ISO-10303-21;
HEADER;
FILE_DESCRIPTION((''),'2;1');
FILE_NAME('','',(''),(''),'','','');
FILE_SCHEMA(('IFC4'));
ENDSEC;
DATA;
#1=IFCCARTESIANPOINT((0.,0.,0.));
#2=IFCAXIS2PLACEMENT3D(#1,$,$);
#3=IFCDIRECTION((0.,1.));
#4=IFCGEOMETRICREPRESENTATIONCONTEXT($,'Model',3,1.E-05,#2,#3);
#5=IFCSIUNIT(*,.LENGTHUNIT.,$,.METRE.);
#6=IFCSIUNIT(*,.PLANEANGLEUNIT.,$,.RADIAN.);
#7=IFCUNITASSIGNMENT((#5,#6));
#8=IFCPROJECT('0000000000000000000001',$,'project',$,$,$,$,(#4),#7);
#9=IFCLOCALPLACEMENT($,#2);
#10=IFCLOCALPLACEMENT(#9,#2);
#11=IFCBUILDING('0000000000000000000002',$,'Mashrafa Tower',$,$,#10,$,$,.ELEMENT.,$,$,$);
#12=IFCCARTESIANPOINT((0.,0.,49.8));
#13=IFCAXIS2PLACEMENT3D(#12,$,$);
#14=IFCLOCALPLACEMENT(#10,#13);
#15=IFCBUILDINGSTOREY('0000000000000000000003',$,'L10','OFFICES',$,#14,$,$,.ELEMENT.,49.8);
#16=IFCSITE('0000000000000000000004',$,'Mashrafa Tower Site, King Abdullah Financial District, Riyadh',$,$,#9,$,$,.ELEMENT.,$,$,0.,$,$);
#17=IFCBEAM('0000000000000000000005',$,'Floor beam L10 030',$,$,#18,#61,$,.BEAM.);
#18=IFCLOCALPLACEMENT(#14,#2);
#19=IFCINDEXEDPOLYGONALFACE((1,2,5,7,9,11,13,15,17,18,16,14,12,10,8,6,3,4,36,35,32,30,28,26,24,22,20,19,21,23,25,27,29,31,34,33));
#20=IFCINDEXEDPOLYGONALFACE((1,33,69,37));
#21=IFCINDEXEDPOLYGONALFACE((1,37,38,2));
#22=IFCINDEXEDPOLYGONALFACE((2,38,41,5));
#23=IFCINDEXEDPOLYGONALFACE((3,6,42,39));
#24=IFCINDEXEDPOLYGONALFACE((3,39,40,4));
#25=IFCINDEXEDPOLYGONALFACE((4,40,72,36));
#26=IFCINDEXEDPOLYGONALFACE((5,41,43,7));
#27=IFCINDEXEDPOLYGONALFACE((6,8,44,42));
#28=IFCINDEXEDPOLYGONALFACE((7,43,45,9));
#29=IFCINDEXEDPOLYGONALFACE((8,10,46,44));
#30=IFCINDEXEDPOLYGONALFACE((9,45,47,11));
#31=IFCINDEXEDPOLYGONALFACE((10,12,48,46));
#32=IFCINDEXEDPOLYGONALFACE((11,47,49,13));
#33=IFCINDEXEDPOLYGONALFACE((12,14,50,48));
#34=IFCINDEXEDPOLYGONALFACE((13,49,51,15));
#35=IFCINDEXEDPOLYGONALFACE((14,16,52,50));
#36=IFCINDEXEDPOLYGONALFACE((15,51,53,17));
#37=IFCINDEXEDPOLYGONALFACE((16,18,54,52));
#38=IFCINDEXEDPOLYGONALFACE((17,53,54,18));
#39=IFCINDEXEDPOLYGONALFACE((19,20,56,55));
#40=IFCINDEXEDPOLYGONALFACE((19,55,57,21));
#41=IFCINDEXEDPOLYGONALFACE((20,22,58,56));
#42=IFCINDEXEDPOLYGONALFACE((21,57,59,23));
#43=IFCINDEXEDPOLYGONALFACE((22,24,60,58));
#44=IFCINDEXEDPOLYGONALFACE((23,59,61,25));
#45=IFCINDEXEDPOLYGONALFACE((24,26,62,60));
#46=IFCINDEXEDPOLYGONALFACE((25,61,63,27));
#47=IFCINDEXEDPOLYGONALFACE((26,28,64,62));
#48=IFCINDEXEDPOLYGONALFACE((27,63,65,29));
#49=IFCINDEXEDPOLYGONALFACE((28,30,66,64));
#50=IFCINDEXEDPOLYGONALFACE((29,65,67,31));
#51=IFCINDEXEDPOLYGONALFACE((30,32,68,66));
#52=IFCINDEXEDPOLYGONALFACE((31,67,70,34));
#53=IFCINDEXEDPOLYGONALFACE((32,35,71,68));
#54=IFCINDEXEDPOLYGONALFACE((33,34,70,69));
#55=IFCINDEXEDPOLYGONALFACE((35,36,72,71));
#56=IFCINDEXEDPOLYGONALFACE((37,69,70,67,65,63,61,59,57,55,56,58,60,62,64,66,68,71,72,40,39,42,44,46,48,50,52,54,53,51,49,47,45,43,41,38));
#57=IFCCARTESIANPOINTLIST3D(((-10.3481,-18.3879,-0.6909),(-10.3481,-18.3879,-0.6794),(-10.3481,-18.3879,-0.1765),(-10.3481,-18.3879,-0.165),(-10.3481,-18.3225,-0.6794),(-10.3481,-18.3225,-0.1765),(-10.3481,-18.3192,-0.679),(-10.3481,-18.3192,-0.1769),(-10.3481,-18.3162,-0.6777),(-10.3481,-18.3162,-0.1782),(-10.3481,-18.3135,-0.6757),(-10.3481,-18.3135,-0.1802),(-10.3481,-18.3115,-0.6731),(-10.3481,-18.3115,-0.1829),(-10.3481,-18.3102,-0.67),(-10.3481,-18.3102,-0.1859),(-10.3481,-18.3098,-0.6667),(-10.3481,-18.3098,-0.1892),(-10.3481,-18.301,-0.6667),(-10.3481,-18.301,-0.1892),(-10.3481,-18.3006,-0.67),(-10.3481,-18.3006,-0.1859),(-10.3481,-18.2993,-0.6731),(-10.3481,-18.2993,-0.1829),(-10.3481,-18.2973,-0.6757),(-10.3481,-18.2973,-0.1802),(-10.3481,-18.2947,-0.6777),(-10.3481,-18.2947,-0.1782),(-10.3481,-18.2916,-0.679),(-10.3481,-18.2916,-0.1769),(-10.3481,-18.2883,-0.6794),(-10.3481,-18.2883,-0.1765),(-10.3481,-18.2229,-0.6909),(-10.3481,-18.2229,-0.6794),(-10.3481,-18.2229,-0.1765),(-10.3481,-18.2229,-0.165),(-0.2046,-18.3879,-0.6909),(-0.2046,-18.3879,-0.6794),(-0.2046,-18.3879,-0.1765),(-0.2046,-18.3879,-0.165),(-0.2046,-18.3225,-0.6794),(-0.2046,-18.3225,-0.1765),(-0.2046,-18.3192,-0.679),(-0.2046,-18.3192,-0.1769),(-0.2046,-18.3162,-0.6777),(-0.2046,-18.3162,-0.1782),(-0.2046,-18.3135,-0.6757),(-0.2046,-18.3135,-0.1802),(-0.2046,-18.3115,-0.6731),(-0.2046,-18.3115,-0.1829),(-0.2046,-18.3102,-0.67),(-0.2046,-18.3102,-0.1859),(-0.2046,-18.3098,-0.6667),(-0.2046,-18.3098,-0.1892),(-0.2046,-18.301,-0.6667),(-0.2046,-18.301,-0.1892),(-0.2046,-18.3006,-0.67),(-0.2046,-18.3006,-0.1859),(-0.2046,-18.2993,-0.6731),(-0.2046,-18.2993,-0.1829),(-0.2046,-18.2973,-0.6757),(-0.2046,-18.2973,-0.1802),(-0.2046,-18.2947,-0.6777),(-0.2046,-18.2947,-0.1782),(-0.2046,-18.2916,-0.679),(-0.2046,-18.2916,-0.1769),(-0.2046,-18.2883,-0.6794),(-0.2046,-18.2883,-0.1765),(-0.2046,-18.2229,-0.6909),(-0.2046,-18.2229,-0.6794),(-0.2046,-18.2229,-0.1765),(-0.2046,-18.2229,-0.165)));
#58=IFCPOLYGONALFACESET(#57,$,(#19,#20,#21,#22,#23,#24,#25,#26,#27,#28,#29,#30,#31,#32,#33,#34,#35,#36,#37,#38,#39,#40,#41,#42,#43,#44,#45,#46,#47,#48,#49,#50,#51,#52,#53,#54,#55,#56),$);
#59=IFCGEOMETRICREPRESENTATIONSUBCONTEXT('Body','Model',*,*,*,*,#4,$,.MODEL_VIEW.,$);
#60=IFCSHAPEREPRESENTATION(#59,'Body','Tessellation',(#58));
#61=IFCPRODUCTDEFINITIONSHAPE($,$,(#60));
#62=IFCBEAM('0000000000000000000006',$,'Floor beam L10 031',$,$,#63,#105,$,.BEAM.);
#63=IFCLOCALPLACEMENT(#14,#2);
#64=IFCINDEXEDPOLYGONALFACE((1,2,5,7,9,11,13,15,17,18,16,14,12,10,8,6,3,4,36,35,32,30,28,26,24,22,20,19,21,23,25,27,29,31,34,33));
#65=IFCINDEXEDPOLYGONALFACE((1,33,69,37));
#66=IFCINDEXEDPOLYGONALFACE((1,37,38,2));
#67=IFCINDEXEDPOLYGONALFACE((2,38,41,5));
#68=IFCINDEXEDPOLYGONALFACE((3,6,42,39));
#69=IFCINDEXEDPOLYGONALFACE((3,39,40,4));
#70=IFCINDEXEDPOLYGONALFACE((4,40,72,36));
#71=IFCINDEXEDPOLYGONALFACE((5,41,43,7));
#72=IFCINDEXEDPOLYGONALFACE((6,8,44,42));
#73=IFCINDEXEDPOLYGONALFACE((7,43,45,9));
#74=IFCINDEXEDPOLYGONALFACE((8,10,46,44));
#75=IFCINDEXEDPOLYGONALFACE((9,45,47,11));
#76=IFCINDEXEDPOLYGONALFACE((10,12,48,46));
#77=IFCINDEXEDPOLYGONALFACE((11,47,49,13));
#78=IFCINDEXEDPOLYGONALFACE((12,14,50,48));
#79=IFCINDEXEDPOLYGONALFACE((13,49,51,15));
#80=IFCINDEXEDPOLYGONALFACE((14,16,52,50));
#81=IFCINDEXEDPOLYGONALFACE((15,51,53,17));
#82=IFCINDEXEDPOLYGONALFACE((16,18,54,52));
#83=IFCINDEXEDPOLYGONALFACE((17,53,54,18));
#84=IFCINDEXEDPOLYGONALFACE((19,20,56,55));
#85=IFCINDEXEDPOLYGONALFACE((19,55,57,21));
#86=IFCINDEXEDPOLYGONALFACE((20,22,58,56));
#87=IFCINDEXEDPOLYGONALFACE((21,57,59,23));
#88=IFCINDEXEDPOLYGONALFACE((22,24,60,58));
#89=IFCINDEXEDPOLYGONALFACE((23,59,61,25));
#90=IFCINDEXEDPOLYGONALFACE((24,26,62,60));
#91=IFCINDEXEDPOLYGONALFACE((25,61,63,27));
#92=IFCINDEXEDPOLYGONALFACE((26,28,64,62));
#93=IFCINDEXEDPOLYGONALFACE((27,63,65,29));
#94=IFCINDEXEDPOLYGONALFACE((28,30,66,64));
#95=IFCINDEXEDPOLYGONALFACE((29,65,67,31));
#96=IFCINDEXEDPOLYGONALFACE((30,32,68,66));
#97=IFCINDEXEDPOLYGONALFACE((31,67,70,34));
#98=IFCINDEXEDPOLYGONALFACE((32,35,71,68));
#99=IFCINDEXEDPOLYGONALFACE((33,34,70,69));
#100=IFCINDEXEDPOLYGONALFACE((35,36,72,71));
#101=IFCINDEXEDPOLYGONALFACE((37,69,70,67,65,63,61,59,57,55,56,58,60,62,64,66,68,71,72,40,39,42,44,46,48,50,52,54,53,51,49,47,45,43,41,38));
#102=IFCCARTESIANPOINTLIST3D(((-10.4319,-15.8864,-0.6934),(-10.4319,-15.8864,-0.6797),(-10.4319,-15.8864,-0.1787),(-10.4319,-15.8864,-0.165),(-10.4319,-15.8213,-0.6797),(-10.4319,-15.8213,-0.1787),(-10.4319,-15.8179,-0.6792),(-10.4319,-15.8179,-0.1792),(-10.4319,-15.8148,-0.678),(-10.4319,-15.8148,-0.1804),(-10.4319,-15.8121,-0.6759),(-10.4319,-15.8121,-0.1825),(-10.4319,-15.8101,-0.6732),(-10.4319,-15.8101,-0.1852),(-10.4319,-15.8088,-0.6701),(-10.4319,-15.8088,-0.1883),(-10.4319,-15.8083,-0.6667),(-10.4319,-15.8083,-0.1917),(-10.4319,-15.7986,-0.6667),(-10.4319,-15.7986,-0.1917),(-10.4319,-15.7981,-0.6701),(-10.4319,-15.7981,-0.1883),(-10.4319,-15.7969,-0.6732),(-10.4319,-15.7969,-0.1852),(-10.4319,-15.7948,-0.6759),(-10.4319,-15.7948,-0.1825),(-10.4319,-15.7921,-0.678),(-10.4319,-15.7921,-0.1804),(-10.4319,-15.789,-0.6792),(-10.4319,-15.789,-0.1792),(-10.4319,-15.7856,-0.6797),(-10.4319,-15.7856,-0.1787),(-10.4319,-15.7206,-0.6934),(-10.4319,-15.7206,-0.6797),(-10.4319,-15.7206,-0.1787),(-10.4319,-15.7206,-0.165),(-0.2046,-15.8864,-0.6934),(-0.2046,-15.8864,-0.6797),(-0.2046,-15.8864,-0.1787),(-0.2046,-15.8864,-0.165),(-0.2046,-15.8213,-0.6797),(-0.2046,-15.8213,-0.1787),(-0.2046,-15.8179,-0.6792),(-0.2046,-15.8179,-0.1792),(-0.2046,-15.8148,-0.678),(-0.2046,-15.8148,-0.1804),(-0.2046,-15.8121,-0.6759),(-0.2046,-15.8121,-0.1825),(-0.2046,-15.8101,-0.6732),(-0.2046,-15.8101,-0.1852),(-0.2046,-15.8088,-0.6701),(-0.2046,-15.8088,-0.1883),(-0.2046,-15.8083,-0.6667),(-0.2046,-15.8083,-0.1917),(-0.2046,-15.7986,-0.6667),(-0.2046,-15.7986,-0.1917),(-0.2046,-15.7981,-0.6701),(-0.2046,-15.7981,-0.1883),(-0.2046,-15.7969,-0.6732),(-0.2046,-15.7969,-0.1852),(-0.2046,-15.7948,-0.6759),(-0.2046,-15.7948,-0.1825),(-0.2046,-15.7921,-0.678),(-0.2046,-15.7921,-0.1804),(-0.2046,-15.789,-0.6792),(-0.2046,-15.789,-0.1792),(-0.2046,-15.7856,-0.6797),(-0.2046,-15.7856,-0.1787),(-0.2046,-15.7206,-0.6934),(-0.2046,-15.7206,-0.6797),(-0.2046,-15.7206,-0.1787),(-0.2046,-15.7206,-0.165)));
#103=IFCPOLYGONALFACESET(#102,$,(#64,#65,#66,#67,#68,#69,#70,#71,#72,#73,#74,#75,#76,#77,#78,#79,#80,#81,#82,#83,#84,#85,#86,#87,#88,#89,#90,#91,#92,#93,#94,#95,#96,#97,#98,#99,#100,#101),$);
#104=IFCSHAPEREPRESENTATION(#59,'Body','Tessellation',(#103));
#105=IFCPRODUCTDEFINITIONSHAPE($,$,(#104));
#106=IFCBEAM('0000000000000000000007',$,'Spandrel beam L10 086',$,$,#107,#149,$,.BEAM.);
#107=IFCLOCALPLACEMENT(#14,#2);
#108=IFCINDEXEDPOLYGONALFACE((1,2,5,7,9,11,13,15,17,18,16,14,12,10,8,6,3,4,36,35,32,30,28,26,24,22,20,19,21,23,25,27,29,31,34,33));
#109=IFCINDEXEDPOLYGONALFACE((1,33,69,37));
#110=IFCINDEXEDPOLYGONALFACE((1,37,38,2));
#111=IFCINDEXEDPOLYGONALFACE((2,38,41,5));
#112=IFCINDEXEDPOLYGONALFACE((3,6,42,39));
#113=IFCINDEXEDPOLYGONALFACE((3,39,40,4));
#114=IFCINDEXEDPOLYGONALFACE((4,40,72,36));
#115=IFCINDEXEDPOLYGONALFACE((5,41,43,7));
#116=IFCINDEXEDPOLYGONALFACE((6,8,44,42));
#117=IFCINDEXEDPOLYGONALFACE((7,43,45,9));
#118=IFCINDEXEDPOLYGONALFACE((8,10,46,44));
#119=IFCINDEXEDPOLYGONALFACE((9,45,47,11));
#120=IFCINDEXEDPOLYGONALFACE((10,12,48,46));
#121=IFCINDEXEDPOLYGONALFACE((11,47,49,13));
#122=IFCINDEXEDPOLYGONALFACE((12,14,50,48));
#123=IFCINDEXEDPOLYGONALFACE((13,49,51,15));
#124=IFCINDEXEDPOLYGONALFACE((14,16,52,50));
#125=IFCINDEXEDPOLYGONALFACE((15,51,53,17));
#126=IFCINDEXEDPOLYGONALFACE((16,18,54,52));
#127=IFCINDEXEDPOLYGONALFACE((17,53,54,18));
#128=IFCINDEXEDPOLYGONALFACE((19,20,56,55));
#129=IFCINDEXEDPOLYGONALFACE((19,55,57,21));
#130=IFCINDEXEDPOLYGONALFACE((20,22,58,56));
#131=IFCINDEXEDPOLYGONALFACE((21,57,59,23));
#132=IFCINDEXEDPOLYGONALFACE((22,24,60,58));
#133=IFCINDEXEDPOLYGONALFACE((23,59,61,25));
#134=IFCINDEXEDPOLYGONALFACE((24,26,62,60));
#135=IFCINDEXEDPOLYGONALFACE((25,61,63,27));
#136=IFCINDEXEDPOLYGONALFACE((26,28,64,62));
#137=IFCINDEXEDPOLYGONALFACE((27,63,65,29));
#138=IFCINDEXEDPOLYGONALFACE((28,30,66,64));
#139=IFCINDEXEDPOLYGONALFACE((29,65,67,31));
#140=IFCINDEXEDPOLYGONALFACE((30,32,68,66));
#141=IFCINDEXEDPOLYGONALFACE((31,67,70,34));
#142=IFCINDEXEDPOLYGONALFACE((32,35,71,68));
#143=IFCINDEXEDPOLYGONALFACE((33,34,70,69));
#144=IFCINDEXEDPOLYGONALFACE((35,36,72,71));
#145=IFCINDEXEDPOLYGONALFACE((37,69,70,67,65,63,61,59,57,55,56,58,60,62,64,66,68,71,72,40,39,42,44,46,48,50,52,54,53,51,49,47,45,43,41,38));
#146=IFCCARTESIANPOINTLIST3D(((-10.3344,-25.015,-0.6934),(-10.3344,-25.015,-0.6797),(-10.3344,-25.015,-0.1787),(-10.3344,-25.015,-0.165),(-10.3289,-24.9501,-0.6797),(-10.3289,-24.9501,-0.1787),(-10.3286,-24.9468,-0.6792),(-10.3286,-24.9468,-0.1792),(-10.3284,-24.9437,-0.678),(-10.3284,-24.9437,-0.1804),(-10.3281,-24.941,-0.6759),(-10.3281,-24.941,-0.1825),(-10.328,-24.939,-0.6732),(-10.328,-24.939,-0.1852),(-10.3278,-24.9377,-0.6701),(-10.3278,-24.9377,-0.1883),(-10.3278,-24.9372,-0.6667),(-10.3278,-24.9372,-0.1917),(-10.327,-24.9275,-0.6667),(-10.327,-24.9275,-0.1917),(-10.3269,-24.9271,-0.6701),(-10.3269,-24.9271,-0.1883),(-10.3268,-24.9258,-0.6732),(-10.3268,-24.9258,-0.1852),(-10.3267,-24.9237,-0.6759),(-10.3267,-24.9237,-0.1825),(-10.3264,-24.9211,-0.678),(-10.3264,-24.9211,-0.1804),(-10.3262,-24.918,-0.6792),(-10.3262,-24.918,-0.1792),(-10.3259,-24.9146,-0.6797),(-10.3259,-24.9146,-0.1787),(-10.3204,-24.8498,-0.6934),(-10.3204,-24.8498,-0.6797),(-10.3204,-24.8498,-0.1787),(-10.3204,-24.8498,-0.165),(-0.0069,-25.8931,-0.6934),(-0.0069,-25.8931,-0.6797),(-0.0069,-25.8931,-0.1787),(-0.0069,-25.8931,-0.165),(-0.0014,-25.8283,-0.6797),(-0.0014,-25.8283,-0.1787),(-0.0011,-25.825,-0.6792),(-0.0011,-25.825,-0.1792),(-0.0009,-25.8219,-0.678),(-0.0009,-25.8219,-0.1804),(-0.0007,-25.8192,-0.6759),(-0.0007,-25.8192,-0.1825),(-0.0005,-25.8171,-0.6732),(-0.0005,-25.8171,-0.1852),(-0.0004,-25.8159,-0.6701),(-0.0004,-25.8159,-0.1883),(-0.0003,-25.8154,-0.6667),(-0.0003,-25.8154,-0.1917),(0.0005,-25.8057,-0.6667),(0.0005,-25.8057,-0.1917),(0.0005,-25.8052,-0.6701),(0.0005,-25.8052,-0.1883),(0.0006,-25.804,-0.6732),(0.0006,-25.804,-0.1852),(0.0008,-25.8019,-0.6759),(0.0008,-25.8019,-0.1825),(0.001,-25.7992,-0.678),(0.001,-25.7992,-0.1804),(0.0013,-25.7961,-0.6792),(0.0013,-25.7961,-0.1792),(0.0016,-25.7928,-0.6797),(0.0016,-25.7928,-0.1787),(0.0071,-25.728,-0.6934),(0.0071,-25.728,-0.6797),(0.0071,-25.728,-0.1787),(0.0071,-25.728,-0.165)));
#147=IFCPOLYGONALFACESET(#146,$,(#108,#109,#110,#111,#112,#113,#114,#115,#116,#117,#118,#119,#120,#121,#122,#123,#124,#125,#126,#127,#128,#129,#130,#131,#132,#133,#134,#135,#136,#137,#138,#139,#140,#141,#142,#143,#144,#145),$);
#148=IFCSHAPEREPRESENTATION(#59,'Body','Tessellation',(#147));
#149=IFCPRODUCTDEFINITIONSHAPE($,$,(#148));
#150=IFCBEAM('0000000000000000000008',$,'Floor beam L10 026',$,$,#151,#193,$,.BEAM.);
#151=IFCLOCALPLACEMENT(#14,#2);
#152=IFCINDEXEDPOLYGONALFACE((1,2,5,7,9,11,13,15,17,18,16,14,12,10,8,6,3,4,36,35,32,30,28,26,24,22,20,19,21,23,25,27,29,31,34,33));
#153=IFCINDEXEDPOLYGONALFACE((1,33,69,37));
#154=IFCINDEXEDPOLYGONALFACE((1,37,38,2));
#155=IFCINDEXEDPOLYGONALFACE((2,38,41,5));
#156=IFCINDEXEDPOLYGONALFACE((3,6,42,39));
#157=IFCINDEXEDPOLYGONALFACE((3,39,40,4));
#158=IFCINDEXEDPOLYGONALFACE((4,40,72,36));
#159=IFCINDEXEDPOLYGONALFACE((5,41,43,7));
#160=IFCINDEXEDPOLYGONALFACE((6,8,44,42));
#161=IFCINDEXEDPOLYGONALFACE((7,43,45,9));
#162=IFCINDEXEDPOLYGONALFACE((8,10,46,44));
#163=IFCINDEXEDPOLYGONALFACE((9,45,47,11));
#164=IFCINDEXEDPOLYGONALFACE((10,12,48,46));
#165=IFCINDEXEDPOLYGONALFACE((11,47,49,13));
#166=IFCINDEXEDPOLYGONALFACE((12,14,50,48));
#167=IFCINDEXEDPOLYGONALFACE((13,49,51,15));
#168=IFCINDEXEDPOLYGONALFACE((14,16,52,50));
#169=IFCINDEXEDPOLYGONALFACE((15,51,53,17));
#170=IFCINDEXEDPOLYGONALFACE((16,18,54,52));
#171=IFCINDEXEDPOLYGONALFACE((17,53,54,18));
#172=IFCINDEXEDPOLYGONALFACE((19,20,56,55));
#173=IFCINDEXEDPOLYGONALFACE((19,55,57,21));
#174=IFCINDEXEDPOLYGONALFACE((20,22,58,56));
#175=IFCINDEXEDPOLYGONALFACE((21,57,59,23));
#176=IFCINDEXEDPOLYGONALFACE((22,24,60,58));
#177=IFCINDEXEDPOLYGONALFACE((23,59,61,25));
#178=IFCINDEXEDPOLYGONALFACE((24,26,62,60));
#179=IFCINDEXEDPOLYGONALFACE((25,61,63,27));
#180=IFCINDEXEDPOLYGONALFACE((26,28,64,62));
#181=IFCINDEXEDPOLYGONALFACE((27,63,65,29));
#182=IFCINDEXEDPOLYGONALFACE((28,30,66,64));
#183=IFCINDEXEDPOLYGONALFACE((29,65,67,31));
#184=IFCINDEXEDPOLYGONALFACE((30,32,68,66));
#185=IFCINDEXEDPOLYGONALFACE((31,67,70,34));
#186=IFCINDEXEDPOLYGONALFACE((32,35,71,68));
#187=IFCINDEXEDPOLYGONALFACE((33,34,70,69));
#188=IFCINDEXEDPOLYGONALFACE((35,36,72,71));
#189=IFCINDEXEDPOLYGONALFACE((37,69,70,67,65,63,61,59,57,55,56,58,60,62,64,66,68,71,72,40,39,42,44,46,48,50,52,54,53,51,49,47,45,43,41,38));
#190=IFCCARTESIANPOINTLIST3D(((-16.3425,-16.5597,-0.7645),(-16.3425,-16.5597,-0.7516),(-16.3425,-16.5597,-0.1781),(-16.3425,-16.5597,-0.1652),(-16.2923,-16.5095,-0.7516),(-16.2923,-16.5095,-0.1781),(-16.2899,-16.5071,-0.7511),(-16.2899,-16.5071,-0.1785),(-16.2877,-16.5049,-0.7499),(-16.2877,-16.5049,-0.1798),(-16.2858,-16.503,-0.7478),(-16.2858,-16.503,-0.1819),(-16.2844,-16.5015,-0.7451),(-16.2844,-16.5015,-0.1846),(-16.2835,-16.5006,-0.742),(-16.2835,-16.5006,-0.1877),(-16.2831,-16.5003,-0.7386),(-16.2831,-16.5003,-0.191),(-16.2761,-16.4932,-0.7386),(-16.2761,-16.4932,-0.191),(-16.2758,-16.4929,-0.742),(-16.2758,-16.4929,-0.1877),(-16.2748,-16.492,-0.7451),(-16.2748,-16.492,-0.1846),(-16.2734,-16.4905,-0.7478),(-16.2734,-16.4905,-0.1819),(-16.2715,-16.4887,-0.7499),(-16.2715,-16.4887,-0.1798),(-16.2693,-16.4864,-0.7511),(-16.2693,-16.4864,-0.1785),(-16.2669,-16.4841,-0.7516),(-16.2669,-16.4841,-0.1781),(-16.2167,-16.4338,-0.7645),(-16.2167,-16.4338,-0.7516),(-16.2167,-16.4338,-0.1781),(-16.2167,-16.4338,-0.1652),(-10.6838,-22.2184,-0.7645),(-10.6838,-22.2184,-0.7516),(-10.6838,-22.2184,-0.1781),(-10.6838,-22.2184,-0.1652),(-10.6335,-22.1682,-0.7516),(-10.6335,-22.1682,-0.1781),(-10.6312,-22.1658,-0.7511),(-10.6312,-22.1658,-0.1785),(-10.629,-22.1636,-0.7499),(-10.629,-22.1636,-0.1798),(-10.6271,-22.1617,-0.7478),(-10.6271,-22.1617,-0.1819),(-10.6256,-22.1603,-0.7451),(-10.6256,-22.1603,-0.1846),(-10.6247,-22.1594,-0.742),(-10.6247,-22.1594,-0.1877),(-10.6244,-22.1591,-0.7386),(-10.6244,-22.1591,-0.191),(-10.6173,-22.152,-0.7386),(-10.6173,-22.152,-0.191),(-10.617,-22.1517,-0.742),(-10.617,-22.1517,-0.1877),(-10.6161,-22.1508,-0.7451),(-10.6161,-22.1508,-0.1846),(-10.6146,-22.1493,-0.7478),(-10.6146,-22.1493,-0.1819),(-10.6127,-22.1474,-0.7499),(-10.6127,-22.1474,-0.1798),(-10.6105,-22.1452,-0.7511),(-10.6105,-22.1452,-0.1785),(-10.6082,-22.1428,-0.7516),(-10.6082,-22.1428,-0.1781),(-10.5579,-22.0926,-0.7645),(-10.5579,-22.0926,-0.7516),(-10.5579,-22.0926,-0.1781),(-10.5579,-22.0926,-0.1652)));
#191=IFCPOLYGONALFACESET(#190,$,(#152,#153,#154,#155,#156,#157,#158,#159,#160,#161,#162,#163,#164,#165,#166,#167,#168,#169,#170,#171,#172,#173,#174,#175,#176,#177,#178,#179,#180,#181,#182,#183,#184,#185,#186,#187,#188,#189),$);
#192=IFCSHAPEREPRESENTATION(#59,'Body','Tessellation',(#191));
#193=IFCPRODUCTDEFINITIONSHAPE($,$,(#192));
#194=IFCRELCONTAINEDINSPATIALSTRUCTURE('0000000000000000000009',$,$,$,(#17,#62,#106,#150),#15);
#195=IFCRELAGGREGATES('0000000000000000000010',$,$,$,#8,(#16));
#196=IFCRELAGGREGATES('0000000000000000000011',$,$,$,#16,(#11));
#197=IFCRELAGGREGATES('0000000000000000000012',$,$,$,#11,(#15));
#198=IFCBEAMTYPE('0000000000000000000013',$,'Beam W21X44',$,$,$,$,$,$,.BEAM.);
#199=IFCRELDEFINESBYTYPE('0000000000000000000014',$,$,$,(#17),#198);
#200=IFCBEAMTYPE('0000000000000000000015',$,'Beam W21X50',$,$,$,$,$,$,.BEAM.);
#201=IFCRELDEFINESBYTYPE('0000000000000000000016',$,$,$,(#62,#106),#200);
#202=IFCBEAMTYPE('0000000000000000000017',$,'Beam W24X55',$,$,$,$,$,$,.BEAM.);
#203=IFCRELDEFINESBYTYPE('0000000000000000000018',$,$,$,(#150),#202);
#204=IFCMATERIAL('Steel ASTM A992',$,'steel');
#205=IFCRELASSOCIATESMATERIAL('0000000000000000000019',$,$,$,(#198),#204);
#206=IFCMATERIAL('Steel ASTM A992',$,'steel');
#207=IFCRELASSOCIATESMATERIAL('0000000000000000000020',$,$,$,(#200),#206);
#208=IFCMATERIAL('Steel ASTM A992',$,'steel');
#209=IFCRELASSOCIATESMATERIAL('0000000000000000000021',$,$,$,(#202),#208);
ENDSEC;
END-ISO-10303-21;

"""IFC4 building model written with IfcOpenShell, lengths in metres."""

from ifc_helpers import new_model, si_unit, direction, frame, origin, origin_2d, place, context, subcontext, project, spatial, i_section, extrude, material, material_profile, profile_set, type_object, element, save


model = new_model("IFC4")

# Units and contexts
model_context = context("Model", 3, precision=1e-05, world=origin(), true_north=direction((0.0, 1.0)))
body_context = subcontext(model_context, "Body", "Model", "MODEL_VIEW")
ifc_project = project(units=[si_unit("LENGTHUNIT", "METRE"), si_unit("PLANEANGLEUNIT", "RADIAN")], contexts=[model_context])

# Site, building, storey
site_placement = place(None, origin())
site = spatial("IfcSite", under=ifc_project, at=site_placement, Name="Mashrafa Tower Site, King Abdullah Financial District, Riyadh", CompositionType="ELEMENT", RefElevation=0.0)
building_placement = place(site_placement, origin())
building = spatial("IfcBuilding", under=site, at=building_placement, Name="Mashrafa Tower", CompositionType="ELEMENT")
storey_placement = place(building_placement, frame((0.0, 0.0, 49.8)))
storey = spatial("IfcBuildingStorey", under=building, at=storey_placement, Name="L10", Description="OFFICES", CompositionType="ELEMENT", Elevation=49.8)

# Beams
ifc_material_1 = material(Name="Steel ASTM A992", Category="steel")
ifc_material_profile_1 = material_profile(ifc_material_1, i_section(OverallWidth=0.165, OverallDepth=0.5259, WebThickness=0.0088, FlangeThickness=0.0115, FilletRadius=0.0127, at=origin_2d()), Name="W21X44")
ifc_profile_set_1 = profile_set([ifc_material_profile_1], Name="Steel ASTM A992")
beam_type_1 = type_object("IfcBeamType", Name="Beam W21X44", PredefinedType="BEAM", material=ifc_profile_set_1)
beam_1_placement = place(storey_placement, frame((-0.2046, -18.3054, -0.428), z_axis=(-1.0, 0.0, 0.0), x_axis=(0.0, -1.0, 0.0)))
element("IfcBeam", 1, at=beam_1_placement, inside=storey, type_object=beam_type_1, Name="Floor beam L10 030", PredefinedType="BEAM", context=body_context, shape_type="SweptSolid", body=[
    extrude(i_section(OverallWidth=0.165, OverallDepth=0.5259, WebThickness=0.0088, FlangeThickness=0.0115, FilletRadius=0.0127, at=origin_2d()), origin(), (0.0, 0.0, 1.0), 10.1436),
])
ifc_material_2 = material(Name="Steel ASTM A992", Category="steel")
ifc_material_profile_2 = material_profile(ifc_material_2, i_section(OverallWidth=0.1658, OverallDepth=0.5283, WebThickness=0.0098, FlangeThickness=0.0137, FilletRadius=0.0129, at=origin_2d()), Name="W21X50")
ifc_profile_set_2 = profile_set([ifc_material_profile_2], Name="Steel ASTM A992")
beam_type_2 = type_object("IfcBeamType", Name="Beam W21X50", PredefinedType="BEAM", material=ifc_profile_set_2)
beam_2_placement = place(storey_placement, frame((-0.2046, -15.8035, -0.4292), z_axis=(-1.0, 0.0, 0.0), x_axis=(0.0, -1.0, 0.0)))
element("IfcBeam", 2, at=beam_2_placement, inside=storey, type_object=beam_type_2, Name="Floor beam L10 031", PredefinedType="BEAM", context=body_context, shape_type="SweptSolid", body=[
    extrude(i_section(OverallWidth=0.1658, OverallDepth=0.5283, WebThickness=0.0098, FlangeThickness=0.0137, FilletRadius=0.0129, at=origin_2d()), origin(), (0.0, 0.0, 1.0), 10.2273),
])
beam_3_placement = place(storey_placement, frame((-10.3274, -24.9324, -0.4292), z_axis=(0.996404, -0.084728, 0.0), x_axis=(0.084728, 0.996404, 0.0)))
element("IfcBeam", 3, at=beam_3_placement, inside=storey, type_object=beam_type_2, Name="Spandrel beam L10 086", PredefinedType="BEAM", context=body_context, shape_type="SweptSolid", body=[
    extrude(i_section(OverallWidth=0.1658, OverallDepth=0.5283, WebThickness=0.0098, FlangeThickness=0.0137, FilletRadius=0.0129, at=origin_2d()), origin(), (0.0, 0.0, 1.0), 10.3647),
])
ifc_material_3 = material(Name="Steel ASTM A992", Category="steel")
ifc_material_profile_3 = material_profile(ifc_material_3, i_section(OverallWidth=0.178, OverallDepth=0.5994, WebThickness=0.01, FlangeThickness=0.0129, FilletRadius=0.0129, at=origin_2d()), Name="W24X55")
ifc_profile_set_3 = profile_set([ifc_material_profile_3], Name="Steel ASTM A992")
beam_type_3 = type_object("IfcBeamType", Name="Beam W24X55", PredefinedType="BEAM", material=ifc_profile_set_3)
beam_4_placement = place(storey_placement, frame((-10.6208, -22.1555, -0.4648), z_axis=(-0.707107, 0.707107, 0.0), x_axis=(-0.707107, -0.707107, 0.0)))
element("IfcBeam", 4, at=beam_4_placement, inside=storey, type_object=beam_type_3, Name="Floor beam L10 026", PredefinedType="BEAM", context=body_context, shape_type="SweptSolid", body=[
    extrude(i_section(OverallWidth=0.178, OverallDepth=0.5994, WebThickness=0.01, FlangeThickness=0.0129, FilletRadius=0.0129, at=origin_2d()), origin(), (0.0, 0.0, 1.0), 8.0027),
])

save(model, "model.ifc")
